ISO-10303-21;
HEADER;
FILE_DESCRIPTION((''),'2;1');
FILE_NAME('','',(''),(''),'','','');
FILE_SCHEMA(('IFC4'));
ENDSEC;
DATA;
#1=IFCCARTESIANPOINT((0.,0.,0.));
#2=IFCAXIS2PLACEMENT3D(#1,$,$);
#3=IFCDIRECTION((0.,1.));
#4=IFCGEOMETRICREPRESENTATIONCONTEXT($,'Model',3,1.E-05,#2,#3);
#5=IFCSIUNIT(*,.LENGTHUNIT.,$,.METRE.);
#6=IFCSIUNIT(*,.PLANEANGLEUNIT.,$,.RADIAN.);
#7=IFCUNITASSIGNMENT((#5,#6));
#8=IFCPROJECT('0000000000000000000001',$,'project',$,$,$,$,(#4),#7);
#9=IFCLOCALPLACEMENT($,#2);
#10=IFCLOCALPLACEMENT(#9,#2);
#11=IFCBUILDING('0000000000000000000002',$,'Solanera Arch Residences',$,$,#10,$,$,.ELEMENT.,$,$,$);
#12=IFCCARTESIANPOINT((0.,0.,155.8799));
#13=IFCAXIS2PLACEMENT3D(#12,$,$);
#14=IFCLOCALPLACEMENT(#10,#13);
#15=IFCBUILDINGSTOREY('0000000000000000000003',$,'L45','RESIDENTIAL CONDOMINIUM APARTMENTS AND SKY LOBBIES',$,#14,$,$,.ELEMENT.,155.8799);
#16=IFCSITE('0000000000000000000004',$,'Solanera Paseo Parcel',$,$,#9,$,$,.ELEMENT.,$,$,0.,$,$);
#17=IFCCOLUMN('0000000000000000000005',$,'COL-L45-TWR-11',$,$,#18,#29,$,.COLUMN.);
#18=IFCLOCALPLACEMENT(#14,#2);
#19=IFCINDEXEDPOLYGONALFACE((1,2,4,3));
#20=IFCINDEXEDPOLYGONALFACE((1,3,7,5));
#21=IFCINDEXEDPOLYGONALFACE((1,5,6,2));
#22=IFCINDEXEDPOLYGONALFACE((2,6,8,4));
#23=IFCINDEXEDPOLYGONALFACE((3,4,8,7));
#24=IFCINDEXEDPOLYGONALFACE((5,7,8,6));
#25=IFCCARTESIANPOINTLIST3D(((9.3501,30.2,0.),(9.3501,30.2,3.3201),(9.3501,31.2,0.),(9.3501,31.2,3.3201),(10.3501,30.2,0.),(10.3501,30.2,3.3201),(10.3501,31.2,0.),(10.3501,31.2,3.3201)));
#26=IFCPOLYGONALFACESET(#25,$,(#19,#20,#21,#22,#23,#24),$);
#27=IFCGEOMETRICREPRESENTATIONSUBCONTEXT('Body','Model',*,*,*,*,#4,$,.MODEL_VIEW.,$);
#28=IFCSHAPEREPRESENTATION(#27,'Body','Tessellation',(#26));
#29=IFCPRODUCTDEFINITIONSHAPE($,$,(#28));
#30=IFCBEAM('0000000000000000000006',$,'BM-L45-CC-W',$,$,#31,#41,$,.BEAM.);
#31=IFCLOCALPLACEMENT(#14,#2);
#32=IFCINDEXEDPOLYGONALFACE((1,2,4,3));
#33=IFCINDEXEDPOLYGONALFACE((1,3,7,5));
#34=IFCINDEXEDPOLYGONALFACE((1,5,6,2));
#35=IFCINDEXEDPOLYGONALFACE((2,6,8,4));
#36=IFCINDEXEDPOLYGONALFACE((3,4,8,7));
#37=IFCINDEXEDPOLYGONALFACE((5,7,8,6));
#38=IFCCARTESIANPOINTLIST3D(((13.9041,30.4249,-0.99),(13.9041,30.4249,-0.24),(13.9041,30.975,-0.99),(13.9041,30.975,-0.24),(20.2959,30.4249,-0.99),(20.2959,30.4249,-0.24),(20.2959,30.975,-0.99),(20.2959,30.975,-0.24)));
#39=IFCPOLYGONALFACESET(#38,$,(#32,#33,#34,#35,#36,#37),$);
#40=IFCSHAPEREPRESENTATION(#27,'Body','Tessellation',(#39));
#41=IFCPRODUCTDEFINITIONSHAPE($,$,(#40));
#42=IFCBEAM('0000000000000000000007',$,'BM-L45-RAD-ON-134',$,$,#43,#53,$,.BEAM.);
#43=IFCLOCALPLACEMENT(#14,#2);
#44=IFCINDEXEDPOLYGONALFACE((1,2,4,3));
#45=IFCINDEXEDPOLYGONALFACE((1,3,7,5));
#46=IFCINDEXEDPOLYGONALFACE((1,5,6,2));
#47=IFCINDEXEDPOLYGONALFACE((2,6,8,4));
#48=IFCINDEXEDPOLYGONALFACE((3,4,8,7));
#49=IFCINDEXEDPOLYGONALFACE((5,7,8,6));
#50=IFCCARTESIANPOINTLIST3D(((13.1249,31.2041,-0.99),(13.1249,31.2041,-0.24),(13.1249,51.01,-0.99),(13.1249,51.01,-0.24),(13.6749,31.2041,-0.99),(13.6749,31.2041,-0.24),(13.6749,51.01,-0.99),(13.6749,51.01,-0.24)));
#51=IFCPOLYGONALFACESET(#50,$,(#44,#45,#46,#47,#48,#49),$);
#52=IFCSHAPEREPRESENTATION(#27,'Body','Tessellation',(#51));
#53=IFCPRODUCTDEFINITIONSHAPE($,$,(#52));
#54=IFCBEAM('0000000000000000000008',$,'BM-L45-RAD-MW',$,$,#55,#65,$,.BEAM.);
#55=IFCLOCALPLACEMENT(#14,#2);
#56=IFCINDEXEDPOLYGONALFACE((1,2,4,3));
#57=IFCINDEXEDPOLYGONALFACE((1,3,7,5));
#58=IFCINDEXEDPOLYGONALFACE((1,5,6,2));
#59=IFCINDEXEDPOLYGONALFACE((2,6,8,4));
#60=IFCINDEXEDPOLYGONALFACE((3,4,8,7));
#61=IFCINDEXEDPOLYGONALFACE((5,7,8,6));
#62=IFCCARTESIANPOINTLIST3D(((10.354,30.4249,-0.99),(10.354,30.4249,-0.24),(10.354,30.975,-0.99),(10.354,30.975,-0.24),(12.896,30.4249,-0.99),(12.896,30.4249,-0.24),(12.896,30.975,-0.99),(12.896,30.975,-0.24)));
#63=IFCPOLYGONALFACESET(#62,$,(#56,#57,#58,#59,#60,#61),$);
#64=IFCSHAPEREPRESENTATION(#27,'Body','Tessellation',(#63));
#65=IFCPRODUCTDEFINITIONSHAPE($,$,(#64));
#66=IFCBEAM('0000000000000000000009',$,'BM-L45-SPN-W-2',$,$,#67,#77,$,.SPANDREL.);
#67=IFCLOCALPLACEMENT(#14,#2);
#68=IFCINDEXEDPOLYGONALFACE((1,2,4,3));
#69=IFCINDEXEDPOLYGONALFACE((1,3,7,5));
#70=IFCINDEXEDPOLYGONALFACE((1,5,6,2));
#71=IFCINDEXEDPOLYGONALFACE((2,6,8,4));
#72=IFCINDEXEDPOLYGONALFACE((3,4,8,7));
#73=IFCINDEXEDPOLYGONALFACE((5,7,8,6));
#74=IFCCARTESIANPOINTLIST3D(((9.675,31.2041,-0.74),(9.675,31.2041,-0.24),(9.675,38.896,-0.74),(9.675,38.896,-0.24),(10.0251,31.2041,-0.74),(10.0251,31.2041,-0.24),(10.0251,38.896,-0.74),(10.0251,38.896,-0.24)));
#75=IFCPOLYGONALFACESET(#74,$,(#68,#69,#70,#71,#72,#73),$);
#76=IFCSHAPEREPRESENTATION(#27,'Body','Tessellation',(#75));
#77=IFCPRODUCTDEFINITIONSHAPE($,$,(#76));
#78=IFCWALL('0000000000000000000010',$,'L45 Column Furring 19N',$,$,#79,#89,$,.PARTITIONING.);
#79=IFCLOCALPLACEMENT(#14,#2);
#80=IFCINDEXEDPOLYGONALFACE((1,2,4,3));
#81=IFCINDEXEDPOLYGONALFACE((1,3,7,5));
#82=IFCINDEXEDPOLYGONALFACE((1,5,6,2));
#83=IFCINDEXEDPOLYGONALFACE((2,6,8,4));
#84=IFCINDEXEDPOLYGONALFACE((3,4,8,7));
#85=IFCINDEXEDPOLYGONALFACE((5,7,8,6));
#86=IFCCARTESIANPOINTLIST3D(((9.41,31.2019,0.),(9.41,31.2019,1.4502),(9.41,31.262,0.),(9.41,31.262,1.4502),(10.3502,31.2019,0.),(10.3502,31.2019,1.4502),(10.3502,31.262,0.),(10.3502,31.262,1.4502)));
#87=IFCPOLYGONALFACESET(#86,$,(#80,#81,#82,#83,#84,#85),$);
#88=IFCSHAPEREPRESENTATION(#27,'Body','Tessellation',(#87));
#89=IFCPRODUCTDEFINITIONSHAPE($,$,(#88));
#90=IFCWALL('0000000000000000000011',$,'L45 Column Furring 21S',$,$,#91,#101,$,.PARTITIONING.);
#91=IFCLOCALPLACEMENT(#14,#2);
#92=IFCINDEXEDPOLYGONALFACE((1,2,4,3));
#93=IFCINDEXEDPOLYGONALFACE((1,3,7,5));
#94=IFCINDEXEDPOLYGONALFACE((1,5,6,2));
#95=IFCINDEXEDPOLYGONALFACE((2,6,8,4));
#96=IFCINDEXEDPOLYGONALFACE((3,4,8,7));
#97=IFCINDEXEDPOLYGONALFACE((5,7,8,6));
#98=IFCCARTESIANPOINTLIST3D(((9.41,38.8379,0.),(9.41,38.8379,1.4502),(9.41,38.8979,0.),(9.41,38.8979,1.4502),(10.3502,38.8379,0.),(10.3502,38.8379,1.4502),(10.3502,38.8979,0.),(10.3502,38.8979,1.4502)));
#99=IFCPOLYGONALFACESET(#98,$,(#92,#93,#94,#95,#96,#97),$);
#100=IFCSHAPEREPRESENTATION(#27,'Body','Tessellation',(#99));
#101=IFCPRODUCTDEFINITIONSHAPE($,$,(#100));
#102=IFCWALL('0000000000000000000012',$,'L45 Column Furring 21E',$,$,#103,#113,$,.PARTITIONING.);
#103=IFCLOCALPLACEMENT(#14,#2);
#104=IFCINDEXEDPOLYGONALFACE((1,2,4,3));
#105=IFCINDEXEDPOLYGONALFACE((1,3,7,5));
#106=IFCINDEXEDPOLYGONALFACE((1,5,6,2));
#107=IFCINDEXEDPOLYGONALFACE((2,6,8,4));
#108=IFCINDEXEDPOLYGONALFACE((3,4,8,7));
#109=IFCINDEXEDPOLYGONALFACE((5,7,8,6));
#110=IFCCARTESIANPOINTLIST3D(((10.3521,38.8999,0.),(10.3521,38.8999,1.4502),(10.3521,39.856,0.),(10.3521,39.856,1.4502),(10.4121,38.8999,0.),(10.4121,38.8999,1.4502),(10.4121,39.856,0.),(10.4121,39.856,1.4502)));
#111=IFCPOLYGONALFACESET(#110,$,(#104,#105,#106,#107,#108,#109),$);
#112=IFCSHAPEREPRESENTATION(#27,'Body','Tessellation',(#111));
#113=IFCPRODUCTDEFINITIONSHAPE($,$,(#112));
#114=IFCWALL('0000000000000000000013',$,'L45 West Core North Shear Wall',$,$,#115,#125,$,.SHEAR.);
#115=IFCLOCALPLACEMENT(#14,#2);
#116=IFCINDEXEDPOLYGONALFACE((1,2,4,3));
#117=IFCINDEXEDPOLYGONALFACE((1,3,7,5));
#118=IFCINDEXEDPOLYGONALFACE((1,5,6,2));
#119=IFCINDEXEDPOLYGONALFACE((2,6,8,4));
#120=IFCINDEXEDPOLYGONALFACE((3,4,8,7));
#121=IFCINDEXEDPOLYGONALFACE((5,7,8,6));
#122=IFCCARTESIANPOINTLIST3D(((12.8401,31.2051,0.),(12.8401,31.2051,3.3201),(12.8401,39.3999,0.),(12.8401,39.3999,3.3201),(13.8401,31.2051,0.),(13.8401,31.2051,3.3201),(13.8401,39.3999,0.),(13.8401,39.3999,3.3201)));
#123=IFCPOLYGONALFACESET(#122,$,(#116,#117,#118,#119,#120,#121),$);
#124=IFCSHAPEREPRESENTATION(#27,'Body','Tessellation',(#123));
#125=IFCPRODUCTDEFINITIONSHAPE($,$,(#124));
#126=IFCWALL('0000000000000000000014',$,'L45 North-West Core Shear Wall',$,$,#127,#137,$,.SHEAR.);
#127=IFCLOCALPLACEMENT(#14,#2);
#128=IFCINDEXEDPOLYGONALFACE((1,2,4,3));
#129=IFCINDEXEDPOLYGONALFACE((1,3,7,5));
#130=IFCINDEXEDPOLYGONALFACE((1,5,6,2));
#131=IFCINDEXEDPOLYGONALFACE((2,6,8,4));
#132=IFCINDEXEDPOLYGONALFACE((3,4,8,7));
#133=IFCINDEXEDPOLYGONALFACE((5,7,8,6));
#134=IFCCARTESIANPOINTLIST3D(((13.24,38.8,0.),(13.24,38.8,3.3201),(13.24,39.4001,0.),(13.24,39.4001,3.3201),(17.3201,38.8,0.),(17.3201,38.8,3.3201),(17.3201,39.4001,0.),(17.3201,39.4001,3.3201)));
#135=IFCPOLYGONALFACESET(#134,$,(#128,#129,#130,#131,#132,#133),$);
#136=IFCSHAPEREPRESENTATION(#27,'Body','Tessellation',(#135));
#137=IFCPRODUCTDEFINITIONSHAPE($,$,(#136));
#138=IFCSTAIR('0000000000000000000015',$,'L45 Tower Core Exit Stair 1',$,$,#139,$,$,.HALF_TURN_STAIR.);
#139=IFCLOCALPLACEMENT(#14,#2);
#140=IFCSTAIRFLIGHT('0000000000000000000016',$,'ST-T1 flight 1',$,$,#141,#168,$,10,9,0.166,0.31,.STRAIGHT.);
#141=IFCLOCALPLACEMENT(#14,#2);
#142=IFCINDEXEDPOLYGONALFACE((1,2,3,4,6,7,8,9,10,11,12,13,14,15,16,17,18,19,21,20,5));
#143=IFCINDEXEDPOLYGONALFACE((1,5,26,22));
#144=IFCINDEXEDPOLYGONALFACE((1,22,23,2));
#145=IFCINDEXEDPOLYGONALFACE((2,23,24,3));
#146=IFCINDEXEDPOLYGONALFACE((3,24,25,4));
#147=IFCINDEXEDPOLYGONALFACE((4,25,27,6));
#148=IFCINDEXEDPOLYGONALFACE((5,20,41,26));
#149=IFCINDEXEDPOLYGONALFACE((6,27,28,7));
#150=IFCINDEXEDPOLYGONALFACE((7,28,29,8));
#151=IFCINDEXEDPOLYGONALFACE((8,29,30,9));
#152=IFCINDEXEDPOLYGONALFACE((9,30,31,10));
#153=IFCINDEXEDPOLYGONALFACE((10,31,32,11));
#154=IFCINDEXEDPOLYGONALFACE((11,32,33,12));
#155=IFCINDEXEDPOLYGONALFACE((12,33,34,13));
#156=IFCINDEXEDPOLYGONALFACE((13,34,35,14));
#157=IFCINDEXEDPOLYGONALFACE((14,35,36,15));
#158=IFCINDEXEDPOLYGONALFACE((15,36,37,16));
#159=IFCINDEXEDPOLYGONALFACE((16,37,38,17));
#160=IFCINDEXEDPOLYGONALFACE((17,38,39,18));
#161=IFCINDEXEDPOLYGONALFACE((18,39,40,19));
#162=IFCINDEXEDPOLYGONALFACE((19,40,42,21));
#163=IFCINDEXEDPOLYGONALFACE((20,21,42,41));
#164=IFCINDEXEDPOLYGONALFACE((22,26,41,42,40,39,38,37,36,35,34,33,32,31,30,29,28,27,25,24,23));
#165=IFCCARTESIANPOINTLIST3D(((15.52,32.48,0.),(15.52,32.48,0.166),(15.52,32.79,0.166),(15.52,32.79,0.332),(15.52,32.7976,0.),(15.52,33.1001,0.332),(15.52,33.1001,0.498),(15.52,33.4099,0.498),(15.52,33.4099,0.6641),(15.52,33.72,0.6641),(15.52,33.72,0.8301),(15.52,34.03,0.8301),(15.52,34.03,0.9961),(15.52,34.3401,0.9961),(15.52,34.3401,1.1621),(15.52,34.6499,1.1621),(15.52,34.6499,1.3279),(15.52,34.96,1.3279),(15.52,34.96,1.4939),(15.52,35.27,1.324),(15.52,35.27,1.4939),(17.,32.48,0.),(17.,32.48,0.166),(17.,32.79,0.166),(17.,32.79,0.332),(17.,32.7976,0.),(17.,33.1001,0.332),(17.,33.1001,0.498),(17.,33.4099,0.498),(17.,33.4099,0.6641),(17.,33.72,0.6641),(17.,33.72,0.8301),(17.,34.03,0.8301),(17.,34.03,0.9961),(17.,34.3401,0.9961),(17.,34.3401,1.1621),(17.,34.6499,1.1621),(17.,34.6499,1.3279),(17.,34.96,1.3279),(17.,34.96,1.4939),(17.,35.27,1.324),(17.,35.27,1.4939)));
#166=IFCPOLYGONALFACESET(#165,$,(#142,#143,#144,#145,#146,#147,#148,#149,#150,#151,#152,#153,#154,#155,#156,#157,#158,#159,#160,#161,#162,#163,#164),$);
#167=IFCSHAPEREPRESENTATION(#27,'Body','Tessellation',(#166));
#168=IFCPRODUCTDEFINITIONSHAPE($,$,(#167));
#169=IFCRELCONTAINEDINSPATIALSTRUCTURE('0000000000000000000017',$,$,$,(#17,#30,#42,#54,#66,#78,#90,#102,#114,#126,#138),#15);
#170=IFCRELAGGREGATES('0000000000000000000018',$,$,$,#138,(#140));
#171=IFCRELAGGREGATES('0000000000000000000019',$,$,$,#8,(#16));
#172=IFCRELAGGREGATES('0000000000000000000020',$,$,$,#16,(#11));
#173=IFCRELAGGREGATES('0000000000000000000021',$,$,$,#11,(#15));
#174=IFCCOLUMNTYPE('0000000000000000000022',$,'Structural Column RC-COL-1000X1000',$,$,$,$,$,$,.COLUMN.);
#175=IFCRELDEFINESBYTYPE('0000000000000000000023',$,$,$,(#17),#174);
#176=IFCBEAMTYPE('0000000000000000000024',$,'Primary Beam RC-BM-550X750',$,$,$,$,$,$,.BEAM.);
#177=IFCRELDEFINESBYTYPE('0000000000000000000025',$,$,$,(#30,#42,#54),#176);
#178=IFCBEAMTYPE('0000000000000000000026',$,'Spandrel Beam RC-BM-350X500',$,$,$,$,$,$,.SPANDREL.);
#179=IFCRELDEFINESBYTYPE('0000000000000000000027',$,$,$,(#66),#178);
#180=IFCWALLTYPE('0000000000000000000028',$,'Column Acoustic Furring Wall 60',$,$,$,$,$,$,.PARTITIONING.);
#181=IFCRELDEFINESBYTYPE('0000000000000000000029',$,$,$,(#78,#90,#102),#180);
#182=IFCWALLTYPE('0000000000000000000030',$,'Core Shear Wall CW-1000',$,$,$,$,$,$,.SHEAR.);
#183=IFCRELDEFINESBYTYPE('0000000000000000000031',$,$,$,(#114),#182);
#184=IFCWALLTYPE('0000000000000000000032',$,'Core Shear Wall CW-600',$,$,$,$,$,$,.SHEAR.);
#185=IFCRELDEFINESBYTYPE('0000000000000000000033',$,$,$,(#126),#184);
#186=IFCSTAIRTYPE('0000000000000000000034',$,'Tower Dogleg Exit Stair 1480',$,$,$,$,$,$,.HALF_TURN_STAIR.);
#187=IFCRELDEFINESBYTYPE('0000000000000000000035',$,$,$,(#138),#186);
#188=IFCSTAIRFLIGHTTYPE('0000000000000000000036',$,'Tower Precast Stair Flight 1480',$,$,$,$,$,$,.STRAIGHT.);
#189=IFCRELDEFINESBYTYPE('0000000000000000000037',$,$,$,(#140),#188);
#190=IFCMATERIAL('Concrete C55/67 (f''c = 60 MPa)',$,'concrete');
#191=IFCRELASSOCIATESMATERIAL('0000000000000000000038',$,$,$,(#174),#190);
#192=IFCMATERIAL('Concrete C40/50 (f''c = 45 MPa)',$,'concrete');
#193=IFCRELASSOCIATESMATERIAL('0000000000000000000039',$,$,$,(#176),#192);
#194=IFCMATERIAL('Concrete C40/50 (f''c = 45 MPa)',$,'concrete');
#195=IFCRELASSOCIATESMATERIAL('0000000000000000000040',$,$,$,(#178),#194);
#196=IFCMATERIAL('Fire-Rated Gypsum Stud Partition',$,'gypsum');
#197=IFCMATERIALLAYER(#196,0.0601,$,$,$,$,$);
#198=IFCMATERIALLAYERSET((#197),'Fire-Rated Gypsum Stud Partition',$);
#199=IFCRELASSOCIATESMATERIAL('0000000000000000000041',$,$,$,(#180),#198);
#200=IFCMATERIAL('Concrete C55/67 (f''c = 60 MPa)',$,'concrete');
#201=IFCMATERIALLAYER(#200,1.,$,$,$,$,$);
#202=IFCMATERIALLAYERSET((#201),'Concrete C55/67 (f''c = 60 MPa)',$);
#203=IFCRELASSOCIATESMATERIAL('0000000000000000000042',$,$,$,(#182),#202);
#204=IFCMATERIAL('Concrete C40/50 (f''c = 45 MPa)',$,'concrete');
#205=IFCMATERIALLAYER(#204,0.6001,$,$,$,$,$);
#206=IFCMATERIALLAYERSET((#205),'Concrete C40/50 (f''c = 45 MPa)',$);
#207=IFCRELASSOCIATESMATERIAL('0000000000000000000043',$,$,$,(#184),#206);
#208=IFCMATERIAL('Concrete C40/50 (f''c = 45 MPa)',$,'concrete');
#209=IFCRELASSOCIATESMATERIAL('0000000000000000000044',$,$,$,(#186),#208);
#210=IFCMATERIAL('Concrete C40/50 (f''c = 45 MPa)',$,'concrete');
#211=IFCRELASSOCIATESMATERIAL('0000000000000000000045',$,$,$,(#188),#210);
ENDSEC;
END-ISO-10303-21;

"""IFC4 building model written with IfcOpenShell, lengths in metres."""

from ifc_helpers import new_model, si_unit, direction, frame, frame_2d, origin, origin_2d, place, context, subcontext, project, spatial, polyline, rectangle, outline, extrude, material, layer, layer_set, material_profile, profile_set, type_object, element, aggregate, save


model = new_model("IFC4")

# Units and contexts
model_context = context("Model", 3, precision=1e-05, world=origin(), true_north=direction((0.0, 1.0)))
body_context = subcontext(model_context, "Body", "Model", "MODEL_VIEW")
ifc_project = project(units=[si_unit("LENGTHUNIT", "METRE"), si_unit("PLANEANGLEUNIT", "RADIAN")], contexts=[model_context])

# Site, building, storey
site_placement = place(None, origin())
site = spatial("IfcSite", under=ifc_project, at=site_placement, Name="Solanera Paseo Parcel", CompositionType="ELEMENT", RefElevation=0.0)
building_placement = place(site_placement, origin())
building = spatial("IfcBuilding", under=site, at=building_placement, Name="Solanera Arch Residences", CompositionType="ELEMENT")
storey_placement = place(building_placement, frame((0.0, 0.0, 155.8799)))
storey = spatial("IfcBuildingStorey", under=building, at=storey_placement, Name="L45", Description="RESIDENTIAL CONDOMINIUM APARTMENTS AND SKY LOBBIES", CompositionType="ELEMENT", Elevation=155.8799)

# Column
ifc_material_1 = material(Name="Concrete C55/67 (f'c = 60 MPa)", Category="concrete")
ifc_material_profile_1 = material_profile(ifc_material_1, rectangle(XDim=1.0, YDim=1.0, at=origin_2d()))
ifc_profile_set_1 = profile_set([ifc_material_profile_1], Name="Concrete C55/67 (f'c = 60 MPa)")
column_type = type_object("IfcColumnType", Name="Structural Column RC-COL-1000X1000", PredefinedType="COLUMN", material=ifc_profile_set_1)
column_placement = place(storey_placement, frame((9.8501, 30.7, 0.0), z_axis=(0.0, 0.0, 1.0), x_axis=(1.0, 0.0, 0.0)))
element("IfcColumn", 1, at=column_placement, inside=storey, type_object=column_type, Name="COL-L45-TWR-11", PredefinedType="COLUMN", context=body_context, shape_type="SweptSolid", body=[
    extrude(rectangle(XDim=1.0, YDim=1.0, at=origin_2d()), origin(), (0.0, 0.0, 1.0), 3.3201),
])

# Beams
ifc_material_2 = material(Name="Concrete C40/50 (f'c = 45 MPa)", Category="concrete")
ifc_material_profile_2 = material_profile(ifc_material_2, rectangle(XDim=0.55, YDim=0.75, at=origin_2d()))
ifc_profile_set_2 = profile_set([ifc_material_profile_2], Name="Concrete C40/50 (f'c = 45 MPa)")
beam_type_1 = type_object("IfcBeamType", Name="Primary Beam RC-BM-550X750", PredefinedType="BEAM", material=ifc_profile_set_2)
beam_1_placement = place(storey_placement, frame((13.9041, 30.7, -0.615), z_axis=(1.0, 0.0, 0.0), x_axis=(0.0, 1.0, 0.0)))
element("IfcBeam", 2, at=beam_1_placement, inside=storey, type_object=beam_type_1, Name="BM-L45-CC-W", PredefinedType="BEAM", context=body_context, shape_type="SweptSolid", body=[
    extrude(rectangle(XDim=0.55, YDim=0.75, at=origin_2d()), origin(), (0.0, 0.0, 1.0), 6.3918),
])
beam_2_placement = place(storey_placement, frame((13.3999, 31.2041, -0.615), z_axis=(0.0, 1.0, 0.0), x_axis=(-1.0, 0.0, 0.0)))
element("IfcBeam", 3, at=beam_2_placement, inside=storey, type_object=beam_type_1, Name="BM-L45-RAD-ON-134", PredefinedType="BEAM", context=body_context, shape_type="SweptSolid", body=[
    extrude(rectangle(XDim=0.55, YDim=0.75, at=origin_2d()), origin(), (0.0, 0.0, 1.0), 19.8059),
])
beam_3_placement = place(storey_placement, frame((10.354, 30.7, -0.615), z_axis=(1.0, 0.0, 0.0), x_axis=(0.0, 1.0, 0.0)))
element("IfcBeam", 4, at=beam_3_placement, inside=storey, type_object=beam_type_1, Name="BM-L45-RAD-MW", PredefinedType="BEAM", context=body_context, shape_type="SweptSolid", body=[
    extrude(rectangle(XDim=0.55, YDim=0.75, at=origin_2d()), origin(), (0.0, 0.0, 1.0), 2.542),
])
ifc_material_3 = material(Name="Concrete C40/50 (f'c = 45 MPa)", Category="concrete")
ifc_material_profile_3 = material_profile(ifc_material_3, rectangle(XDim=0.3501, YDim=0.5, at=origin_2d()))
ifc_profile_set_3 = profile_set([ifc_material_profile_3], Name="Concrete C40/50 (f'c = 45 MPa)")
beam_type_2 = type_object("IfcBeamType", Name="Spandrel Beam RC-BM-350X500", PredefinedType="SPANDREL", material=ifc_profile_set_3)
beam_4_placement = place(storey_placement, frame((9.8501, 31.2041, -0.49), z_axis=(0.0, 1.0, 0.0), x_axis=(-1.0, 0.0, 0.0)))
element("IfcBeam", 5, at=beam_4_placement, inside=storey, type_object=beam_type_2, Name="BM-L45-SPN-W-2", PredefinedType="SPANDREL", context=body_context, shape_type="SweptSolid", body=[
    extrude(rectangle(XDim=0.3501, YDim=0.5, at=origin_2d()), origin(), (0.0, 0.0, 1.0), 7.6919),
])

# Walls
ifc_material_4 = material(Name="Fire-Rated Gypsum Stud Partition", Category="gypsum")
ifc_layer_1 = layer(ifc_material_4, 0.0601)
ifc_layer_set_1 = layer_set([ifc_layer_1], Name="Fire-Rated Gypsum Stud Partition")
wall_type_1 = type_object("IfcWallType", Name="Column Acoustic Furring Wall 60", PredefinedType="PARTITIONING", material=ifc_layer_set_1)
for number, where, z_axis, x_axis, name in (
    (6, (9.4099, 31.2319, 0.0), (0.0, 0.0, 1.0), (1.0, 0.0, 0.0), "L45 Column Furring 19N"),
    (7, (9.4099, 38.8679, 0.0), (0.0, 0.0, 1.0), (1.0, 0.0, 0.0), "L45 Column Furring 21S"),
):
    element("IfcWall", number, at=place(storey_placement, frame(where, z_axis=z_axis, x_axis=x_axis)), inside=storey, type_object=wall_type_1, Name=name, PredefinedType="PARTITIONING", context=body_context, shape_type="SweptSolid", body=[
        extrude(rectangle(XDim=0.9402, YDim=0.0601, at=frame_2d((0.4702, 0.0))), origin(), (0.0, 0.0, 1.0), 1.4502),
    ])
wall_1_placement = place(storey_placement, frame((10.3821, 38.8999, 0.0), z_axis=(0.0, 0.0, 1.0), x_axis=(0.0, 1.0, 0.0)))
element("IfcWall", 8, at=wall_1_placement, inside=storey, type_object=wall_type_1, Name="L45 Column Furring 21E", PredefinedType="PARTITIONING", context=body_context, shape_type="SweptSolid", body=[
    extrude(rectangle(XDim=0.9561, YDim=0.0601, at=frame_2d((0.478, 0.0))), origin(), (0.0, 0.0, 1.0), 1.4502),
])
ifc_material_5 = material(Name="Concrete C55/67 (f'c = 60 MPa)", Category="concrete")
ifc_layer_2 = layer(ifc_material_5, 1.0)
ifc_layer_set_2 = layer_set([ifc_layer_2], Name="Concrete C55/67 (f'c = 60 MPa)")
wall_type_2 = type_object("IfcWallType", Name="Core Shear Wall CW-1000", PredefinedType="SHEAR", material=ifc_layer_set_2)
wall_2_placement = place(storey_placement, frame((13.3401, 31.2051, 0.0), z_axis=(0.0, 0.0, 1.0), x_axis=(0.0, 1.0, 0.0)))
element("IfcWall", 9, at=wall_2_placement, inside=storey, type_object=wall_type_2, Name="L45 West Core North Shear Wall", PredefinedType="SHEAR", context=body_context, shape_type="SweptSolid", body=[
    extrude(rectangle(XDim=8.1948, YDim=1.0, at=frame_2d((4.0974, 0.0))), origin(), (0.0, 0.0, 1.0), 3.3201),
])
ifc_material_6 = material(Name="Concrete C40/50 (f'c = 45 MPa)", Category="concrete")
ifc_layer_3 = layer(ifc_material_6, 0.6001)
ifc_layer_set_3 = layer_set([ifc_layer_3], Name="Concrete C40/50 (f'c = 45 MPa)")
wall_type_3 = type_object("IfcWallType", Name="Core Shear Wall CW-600", PredefinedType="SHEAR", material=ifc_layer_set_3)
wall_3_placement = place(storey_placement, frame((13.24, 39.1001, 0.0), z_axis=(0.0, 0.0, 1.0), x_axis=(1.0, 0.0, 0.0)))
element("IfcWall", 10, at=wall_3_placement, inside=storey, type_object=wall_type_3, Name="L45 North-West Core Shear Wall", PredefinedType="SHEAR", context=body_context, shape_type="SweptSolid", body=[
    extrude(rectangle(XDim=4.0801, YDim=0.6001, at=frame_2d((2.04, 0.0))), origin(), (0.0, 0.0, 1.0), 3.3201),
])

# Stair, stair flight
ifc_material_7 = material(Name="Concrete C40/50 (f'c = 45 MPa)", Category="concrete")
stair_type = type_object("IfcStairType", Name="Tower Dogleg Exit Stair 1480", PredefinedType="HALF_TURN_STAIR", material=ifc_material_7)
stair_placement = place(storey_placement, origin())
stair = element("IfcStair", 11, at=stair_placement, inside=storey, type_object=stair_type, Name="L45 Tower Core Exit Stair 1", PredefinedType="HALF_TURN_STAIR")
ifc_material_8 = material(Name="Concrete C40/50 (f'c = 45 MPa)", Category="concrete")
stair_flight_type = type_object("IfcStairFlightType", Name="Tower Precast Stair Flight 1480", PredefinedType="STRAIGHT", material=ifc_material_8)
stair_flight_1_placement = place(storey_placement, frame((16.26, 32.48, 0.0), z_axis=(0.0, 0.0, 1.0), x_axis=(0.0, 1.0, 0.0)))
stair_flight_1 = element("IfcStairFlight", 12, at=stair_flight_1_placement, type_object=stair_flight_type, Name="ST-T1 flight 1", NumberOfRisers=10, NumberOfTreads=9, PredefinedType="STRAIGHT", RiserHeight=0.166, TreadLength=0.31, context=body_context, shape_type="SweptSolid", body=[
    extrude(outline(polyline([(0.0, 0.0), (0.0, 0.166), (0.3101, 0.166), (0.3101, 0.332), (0.6201, 0.332), (0.6201, 0.498), (0.9299, 0.498), (0.9299, 0.6641), (1.24, 0.6641), (1.24, 0.8301), (1.55, 0.8301), (1.55, 0.9961), (1.8601, 0.9961), (1.8601, 1.1621), (2.1699, 1.1621), (2.1699, 1.3279), (2.48, 1.3279), (2.48, 1.4939), (2.79, 1.4939), (2.79, 1.6599), (2.79, 1.324), (0.3176, 0.0), (0.0, 0.0)])), frame((0.0, 0.74, 0.0), z_axis=(0.0, -1.0, 0.0), x_axis=(1.0, 0.0, 0.0)), (0.0, 0.0, 1.0), 1.48),
])
aggregate(stair, [stair_flight_1])

save(model, "model.ifc")
